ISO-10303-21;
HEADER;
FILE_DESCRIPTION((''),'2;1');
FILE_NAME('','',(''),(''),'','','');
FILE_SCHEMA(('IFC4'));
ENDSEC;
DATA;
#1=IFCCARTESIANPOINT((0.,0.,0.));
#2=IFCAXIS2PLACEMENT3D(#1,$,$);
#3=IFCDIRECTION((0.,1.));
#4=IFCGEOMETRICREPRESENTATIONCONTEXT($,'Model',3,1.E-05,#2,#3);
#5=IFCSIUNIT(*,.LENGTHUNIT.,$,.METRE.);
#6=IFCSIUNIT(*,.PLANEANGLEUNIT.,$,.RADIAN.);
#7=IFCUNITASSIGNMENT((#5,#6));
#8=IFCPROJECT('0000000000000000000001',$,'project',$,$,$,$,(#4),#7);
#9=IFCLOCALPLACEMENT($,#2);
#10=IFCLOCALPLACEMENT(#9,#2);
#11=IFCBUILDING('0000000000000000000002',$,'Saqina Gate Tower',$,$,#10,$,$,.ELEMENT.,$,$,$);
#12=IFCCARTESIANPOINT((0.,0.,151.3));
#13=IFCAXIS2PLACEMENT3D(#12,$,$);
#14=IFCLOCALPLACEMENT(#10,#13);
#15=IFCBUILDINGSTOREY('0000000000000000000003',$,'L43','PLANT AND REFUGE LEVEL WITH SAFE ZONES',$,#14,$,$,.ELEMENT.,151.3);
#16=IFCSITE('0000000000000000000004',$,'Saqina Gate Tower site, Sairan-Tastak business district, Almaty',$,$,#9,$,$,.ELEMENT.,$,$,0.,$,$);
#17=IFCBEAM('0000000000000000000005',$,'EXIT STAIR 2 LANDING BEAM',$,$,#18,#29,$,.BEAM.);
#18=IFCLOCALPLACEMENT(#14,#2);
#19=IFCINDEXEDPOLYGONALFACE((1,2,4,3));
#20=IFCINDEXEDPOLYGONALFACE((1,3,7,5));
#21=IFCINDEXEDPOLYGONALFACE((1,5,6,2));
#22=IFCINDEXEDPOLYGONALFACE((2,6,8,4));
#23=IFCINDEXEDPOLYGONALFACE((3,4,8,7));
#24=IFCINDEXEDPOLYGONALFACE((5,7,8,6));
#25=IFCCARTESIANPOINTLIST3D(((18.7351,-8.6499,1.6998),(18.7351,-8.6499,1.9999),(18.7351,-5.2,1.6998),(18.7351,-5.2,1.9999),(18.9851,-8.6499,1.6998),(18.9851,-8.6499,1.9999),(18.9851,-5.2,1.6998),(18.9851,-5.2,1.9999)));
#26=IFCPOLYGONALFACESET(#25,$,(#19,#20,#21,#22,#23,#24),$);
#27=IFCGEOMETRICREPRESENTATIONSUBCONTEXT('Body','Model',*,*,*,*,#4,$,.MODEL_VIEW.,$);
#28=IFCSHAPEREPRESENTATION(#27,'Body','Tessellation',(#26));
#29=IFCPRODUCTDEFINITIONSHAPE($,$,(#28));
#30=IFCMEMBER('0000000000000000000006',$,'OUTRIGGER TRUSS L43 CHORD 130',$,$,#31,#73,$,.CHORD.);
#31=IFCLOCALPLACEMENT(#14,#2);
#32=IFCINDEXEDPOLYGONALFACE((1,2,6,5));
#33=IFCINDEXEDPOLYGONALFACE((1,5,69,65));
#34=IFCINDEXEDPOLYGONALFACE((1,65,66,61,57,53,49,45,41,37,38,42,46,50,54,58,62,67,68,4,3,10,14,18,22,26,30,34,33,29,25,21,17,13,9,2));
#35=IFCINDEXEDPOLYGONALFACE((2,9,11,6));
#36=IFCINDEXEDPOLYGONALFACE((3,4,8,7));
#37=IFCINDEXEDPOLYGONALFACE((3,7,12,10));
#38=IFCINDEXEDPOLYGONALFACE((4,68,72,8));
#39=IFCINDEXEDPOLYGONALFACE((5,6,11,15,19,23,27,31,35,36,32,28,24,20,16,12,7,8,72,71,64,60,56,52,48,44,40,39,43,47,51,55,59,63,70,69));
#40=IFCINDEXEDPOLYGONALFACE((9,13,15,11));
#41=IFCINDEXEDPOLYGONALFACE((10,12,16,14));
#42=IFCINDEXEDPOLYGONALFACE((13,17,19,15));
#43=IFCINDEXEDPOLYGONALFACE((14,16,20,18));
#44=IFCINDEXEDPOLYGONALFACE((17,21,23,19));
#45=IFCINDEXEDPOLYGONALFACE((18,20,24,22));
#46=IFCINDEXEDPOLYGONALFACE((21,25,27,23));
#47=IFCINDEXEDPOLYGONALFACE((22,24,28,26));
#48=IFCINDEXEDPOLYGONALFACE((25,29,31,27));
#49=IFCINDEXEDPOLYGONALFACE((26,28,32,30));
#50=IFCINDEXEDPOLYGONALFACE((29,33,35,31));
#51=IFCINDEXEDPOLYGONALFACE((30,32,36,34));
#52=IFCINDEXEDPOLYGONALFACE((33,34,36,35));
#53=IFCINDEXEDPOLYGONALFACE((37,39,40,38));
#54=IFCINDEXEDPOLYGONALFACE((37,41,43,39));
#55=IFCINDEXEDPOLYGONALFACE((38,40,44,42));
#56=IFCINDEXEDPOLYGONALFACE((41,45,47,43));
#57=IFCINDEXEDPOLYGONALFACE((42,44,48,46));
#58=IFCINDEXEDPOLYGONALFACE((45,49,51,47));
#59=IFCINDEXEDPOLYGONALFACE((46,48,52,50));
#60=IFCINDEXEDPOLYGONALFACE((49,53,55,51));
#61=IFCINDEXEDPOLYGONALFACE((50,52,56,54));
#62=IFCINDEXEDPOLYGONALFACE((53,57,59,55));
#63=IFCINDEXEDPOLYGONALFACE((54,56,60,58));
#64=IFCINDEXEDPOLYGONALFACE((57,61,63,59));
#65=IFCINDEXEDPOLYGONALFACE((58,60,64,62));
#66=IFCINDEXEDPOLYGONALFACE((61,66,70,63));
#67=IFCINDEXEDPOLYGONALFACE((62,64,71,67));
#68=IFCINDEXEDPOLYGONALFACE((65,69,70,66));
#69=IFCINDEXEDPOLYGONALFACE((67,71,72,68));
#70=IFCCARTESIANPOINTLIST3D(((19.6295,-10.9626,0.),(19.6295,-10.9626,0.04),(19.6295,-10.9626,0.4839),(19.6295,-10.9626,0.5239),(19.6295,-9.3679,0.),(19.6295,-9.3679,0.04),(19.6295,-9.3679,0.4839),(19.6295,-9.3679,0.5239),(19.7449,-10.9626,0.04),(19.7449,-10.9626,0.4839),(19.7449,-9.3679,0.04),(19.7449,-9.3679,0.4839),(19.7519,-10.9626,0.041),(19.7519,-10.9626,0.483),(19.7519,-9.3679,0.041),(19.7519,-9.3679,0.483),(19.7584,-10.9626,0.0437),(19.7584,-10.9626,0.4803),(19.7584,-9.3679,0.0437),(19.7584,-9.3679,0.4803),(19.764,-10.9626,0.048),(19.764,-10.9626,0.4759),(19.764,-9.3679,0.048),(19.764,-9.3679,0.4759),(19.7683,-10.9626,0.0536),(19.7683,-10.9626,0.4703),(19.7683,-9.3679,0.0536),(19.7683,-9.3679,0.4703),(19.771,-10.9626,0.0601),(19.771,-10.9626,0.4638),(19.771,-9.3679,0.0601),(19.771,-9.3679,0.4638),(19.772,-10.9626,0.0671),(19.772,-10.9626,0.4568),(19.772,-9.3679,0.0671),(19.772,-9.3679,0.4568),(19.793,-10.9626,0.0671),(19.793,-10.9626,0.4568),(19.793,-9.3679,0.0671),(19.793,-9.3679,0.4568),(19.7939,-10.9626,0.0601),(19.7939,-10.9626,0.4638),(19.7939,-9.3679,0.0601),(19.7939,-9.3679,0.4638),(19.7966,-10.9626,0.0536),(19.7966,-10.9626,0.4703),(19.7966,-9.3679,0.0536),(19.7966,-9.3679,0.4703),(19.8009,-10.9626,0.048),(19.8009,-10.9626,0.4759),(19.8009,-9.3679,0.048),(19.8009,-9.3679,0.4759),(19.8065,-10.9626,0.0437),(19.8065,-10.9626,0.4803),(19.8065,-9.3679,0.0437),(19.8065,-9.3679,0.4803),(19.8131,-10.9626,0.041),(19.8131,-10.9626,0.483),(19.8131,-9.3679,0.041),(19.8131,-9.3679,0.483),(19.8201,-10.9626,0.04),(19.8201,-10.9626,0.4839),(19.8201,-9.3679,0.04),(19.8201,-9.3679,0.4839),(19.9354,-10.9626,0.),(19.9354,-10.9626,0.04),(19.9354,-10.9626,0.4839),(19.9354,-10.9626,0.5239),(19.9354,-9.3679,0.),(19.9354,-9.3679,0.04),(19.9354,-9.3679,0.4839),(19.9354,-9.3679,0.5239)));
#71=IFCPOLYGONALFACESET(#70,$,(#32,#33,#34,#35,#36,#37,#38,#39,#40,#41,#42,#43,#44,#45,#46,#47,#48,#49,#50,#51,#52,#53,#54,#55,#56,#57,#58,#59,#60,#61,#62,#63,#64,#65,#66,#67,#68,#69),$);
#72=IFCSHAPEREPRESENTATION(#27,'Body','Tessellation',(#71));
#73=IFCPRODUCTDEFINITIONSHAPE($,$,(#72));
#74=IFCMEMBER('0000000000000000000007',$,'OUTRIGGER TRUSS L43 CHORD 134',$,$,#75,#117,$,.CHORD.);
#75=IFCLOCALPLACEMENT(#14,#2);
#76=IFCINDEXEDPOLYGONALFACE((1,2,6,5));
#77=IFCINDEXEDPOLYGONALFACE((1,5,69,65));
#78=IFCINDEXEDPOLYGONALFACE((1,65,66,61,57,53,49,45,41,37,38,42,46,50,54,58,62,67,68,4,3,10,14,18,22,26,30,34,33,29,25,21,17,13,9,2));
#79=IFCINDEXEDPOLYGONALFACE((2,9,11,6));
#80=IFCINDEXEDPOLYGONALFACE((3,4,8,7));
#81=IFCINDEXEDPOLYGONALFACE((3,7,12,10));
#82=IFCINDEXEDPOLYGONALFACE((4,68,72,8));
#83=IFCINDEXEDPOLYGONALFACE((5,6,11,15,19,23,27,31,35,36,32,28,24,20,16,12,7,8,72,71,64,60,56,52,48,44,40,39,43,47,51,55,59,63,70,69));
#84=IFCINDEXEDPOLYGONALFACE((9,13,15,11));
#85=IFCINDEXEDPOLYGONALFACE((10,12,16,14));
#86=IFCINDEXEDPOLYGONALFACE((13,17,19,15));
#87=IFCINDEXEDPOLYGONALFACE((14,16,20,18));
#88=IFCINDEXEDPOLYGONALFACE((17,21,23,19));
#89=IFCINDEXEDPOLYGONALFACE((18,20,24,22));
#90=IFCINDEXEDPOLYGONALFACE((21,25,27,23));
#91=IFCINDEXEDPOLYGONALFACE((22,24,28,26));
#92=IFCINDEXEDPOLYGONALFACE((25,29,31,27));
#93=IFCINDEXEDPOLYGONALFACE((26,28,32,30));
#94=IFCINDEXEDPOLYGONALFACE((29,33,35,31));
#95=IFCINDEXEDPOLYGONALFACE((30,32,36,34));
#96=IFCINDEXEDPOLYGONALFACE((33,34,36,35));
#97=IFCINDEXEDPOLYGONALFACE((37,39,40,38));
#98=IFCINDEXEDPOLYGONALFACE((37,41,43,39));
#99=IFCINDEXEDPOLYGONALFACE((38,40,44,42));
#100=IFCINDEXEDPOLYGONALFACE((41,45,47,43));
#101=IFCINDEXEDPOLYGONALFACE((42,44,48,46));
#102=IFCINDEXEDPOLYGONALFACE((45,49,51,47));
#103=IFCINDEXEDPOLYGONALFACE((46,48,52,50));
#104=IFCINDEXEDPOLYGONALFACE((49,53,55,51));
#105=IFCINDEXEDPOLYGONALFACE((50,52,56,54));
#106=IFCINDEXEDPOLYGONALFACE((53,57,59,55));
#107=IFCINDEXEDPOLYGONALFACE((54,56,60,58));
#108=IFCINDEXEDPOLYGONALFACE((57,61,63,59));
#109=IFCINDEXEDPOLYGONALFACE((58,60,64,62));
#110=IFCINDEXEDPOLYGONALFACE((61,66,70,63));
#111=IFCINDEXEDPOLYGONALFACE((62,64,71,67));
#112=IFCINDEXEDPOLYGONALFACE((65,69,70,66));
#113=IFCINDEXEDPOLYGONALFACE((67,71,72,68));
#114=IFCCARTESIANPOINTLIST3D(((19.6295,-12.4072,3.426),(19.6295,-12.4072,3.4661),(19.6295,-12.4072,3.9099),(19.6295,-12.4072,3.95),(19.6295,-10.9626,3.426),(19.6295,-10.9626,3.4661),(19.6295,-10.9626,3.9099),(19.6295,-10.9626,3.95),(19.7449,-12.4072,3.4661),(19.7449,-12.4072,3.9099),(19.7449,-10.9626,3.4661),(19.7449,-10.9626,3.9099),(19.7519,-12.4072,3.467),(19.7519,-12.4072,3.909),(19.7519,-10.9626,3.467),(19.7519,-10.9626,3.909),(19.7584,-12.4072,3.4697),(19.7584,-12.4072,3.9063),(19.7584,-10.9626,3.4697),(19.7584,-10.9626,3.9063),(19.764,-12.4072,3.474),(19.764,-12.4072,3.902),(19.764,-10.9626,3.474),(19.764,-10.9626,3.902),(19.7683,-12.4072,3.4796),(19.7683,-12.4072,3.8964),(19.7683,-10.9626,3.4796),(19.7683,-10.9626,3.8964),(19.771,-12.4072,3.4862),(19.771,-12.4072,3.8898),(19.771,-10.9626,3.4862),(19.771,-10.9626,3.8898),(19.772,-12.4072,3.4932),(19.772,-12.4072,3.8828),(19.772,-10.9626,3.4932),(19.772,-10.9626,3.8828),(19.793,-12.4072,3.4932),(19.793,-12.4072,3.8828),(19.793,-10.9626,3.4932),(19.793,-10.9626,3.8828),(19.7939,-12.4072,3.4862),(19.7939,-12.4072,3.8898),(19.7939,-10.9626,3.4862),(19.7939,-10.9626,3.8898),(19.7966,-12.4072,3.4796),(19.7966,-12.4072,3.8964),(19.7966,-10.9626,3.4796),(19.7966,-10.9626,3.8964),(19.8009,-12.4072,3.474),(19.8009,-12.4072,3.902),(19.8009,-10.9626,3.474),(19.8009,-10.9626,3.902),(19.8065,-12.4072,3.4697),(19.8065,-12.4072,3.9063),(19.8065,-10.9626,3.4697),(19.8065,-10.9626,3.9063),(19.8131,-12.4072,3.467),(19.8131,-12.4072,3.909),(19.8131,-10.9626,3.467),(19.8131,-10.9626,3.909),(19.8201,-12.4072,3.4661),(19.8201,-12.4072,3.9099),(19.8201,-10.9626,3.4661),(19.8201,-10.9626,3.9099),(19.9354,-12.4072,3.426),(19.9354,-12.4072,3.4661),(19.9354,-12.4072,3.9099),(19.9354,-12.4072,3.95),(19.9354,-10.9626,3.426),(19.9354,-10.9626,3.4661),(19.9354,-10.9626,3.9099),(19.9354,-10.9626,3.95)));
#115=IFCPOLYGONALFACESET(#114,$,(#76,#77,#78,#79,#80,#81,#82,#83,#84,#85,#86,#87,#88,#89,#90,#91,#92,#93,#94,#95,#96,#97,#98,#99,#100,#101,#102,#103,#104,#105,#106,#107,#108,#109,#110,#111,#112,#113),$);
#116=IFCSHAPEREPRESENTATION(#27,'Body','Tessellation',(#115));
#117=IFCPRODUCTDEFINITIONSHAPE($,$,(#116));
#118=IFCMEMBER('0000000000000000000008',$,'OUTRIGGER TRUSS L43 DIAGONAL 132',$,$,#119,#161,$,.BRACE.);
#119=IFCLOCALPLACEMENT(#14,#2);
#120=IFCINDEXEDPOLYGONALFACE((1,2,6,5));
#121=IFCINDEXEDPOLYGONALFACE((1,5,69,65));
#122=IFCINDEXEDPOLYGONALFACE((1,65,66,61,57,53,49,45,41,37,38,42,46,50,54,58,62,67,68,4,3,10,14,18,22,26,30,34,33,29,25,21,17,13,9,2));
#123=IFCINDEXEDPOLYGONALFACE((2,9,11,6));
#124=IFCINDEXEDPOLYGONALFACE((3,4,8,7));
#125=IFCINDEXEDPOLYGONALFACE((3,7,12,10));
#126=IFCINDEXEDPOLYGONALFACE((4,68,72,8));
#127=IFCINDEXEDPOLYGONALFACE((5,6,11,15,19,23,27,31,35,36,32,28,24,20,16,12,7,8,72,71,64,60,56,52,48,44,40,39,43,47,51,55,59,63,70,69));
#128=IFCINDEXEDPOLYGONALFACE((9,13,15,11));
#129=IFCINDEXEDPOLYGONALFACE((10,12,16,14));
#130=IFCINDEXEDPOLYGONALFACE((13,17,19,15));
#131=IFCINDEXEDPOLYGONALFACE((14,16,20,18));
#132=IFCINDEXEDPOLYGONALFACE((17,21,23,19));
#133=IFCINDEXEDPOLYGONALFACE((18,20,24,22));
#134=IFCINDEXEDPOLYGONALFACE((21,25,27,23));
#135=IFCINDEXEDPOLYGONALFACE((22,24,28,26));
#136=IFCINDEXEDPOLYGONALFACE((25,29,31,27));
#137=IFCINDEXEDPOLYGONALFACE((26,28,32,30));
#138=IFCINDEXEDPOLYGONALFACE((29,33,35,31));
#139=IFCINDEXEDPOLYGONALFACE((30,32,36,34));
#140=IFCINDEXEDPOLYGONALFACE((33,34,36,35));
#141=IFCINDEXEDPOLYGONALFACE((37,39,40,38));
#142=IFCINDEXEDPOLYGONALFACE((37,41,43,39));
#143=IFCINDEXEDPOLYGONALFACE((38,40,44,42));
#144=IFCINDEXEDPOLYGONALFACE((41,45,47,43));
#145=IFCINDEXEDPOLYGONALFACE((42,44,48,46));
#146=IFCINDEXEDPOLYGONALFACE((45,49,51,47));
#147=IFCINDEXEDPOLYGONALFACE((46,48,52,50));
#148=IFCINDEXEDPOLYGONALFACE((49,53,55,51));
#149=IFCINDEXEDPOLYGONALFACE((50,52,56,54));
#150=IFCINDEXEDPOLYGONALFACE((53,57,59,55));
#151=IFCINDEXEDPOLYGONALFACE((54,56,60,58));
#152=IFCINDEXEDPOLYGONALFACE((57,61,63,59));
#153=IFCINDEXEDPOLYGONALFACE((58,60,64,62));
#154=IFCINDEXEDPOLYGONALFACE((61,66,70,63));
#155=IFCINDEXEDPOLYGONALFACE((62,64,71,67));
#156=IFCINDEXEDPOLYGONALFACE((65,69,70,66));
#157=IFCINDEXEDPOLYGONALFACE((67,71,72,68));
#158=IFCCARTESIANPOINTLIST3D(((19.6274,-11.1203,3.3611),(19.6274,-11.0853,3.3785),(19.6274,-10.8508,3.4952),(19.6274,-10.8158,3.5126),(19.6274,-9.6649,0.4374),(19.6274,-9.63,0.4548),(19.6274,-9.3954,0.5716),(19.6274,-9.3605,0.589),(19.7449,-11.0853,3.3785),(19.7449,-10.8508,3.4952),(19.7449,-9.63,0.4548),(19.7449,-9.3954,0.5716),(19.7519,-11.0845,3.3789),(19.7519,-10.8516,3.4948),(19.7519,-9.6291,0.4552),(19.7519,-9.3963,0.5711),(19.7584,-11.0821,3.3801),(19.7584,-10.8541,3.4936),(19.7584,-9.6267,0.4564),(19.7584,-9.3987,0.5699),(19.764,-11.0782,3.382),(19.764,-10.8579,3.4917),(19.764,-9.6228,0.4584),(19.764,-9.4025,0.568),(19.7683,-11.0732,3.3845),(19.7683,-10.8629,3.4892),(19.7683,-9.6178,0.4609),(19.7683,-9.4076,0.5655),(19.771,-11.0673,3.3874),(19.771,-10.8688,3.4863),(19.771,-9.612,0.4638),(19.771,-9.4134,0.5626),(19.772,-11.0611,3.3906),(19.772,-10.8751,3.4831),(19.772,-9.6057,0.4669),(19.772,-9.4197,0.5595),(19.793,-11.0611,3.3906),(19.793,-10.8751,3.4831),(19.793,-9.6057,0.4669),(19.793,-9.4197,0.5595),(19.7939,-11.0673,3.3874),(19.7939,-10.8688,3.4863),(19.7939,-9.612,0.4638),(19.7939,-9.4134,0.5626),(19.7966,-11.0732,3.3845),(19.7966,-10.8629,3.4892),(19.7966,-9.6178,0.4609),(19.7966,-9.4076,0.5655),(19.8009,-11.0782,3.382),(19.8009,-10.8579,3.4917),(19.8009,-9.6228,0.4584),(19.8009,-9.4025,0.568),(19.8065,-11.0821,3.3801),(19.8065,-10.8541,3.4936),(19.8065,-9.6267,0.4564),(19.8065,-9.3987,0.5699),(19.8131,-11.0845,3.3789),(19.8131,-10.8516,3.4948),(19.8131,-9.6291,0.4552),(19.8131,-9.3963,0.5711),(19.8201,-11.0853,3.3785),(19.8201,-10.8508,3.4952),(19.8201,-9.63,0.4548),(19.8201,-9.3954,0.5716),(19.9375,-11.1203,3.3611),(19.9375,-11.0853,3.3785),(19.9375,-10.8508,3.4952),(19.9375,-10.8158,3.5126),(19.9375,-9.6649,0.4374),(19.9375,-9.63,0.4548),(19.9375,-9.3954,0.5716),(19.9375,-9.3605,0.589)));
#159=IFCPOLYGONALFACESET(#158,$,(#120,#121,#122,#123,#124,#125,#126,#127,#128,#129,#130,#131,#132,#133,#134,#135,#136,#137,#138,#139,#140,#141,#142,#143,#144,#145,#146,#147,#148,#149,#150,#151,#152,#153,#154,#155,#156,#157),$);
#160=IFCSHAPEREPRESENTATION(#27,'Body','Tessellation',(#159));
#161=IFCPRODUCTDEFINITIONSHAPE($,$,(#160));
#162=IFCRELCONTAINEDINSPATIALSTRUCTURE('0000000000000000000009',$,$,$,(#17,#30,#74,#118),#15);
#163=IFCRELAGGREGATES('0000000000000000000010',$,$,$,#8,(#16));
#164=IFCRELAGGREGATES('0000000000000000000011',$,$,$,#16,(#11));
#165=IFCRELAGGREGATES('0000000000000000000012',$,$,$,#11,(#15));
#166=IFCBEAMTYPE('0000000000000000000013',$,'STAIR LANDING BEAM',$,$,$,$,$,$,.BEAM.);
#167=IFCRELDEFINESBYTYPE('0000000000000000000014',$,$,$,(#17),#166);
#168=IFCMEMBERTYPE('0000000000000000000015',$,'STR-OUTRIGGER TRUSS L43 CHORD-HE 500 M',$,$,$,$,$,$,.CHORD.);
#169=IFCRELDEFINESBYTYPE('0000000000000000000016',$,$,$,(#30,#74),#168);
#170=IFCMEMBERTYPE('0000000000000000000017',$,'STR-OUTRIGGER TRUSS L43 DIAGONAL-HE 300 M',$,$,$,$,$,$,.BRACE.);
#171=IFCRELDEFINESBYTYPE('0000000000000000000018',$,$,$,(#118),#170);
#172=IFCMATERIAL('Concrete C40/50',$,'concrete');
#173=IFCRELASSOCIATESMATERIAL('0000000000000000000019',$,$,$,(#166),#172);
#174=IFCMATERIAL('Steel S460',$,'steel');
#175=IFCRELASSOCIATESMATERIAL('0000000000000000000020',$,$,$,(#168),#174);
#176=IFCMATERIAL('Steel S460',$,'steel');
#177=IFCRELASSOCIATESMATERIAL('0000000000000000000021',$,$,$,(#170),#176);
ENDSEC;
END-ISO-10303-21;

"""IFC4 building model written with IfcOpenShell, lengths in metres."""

from ifc_helpers import new_model, si_unit, direction, frame, origin, origin_2d, place, context, subcontext, project, spatial, rectangle, i_section, extrude, material, material_profile, profile_set, type_object, element, save


model = new_model("IFC4")

# Units and contexts
model_context = context("Model", 3, precision=1e-05, world=origin(), true_north=direction((0.0, 1.0)))
body_context = subcontext(model_context, "Body", "Model", "MODEL_VIEW")
ifc_project = project(units=[si_unit("LENGTHUNIT", "METRE"), si_unit("PLANEANGLEUNIT", "RADIAN")], contexts=[model_context])

# Site, building, storey
site_placement = place(None, origin())
site = spatial("IfcSite", under=ifc_project, at=site_placement, Name="Saqina Gate Tower site, Sairan-Tastak business district, Almaty", CompositionType="ELEMENT", RefElevation=0.0)
building_placement = place(site_placement, origin())
building = spatial("IfcBuilding", under=site, at=building_placement, Name="Saqina Gate Tower", CompositionType="ELEMENT")
storey_placement = place(building_placement, frame((0.0, 0.0, 151.3)))
storey = spatial("IfcBuildingStorey", under=building, at=storey_placement, Name="L43", Description="PLANT AND REFUGE LEVEL WITH SAFE ZONES", CompositionType="ELEMENT", Elevation=151.3)

# Beam
ifc_material_1 = material(Name="Concrete C40/50", Category="concrete")
ifc_material_profile_1 = material_profile(ifc_material_1, rectangle(XDim=0.25, YDim=0.3, at=origin_2d()), Name="STAIR LANDING BEAM")
ifc_profile_set_1 = profile_set([ifc_material_profile_1], Name="Concrete C40/50")
beam_type = type_object("IfcBeamType", Name="STAIR LANDING BEAM", PredefinedType="BEAM", material=ifc_profile_set_1)
beam_placement = place(storey_placement, frame((18.8601, -8.6499, 1.8499), z_axis=(0.0, 1.0, 0.0), x_axis=(-1.0, 0.0, 0.0)))
element("IfcBeam", 1, at=beam_placement, inside=storey, type_object=beam_type, Name="EXIT STAIR 2 LANDING BEAM", PredefinedType="BEAM", context=body_context, shape_type="SweptSolid", body=[
    extrude(rectangle(XDim=0.25, YDim=0.3, at=origin_2d()), origin(), (0.0, 0.0, 1.0), 3.45),
])

# Members
ifc_material_2 = material(Name="Steel S460", Category="steel")
ifc_material_profile_2 = material_profile(ifc_material_2, i_section(OverallWidth=0.3059, OverallDepth=0.5239, WebThickness=0.021, FlangeThickness=0.04, FilletRadius=0.0271, at=origin_2d()), Name="HE 500 M")
ifc_profile_set_2 = profile_set([ifc_material_profile_2], Name="Steel S460")
member_type_1 = type_object("IfcMemberType", Name="STR-OUTRIGGER TRUSS L43 CHORD-HE 500 M", PredefinedType="CHORD", material=ifc_profile_set_2)
member_1_placement = place(storey_placement, frame((19.7825, -9.3679, 0.262), z_axis=(0.0, -1.0, 0.0), x_axis=(1.0, 0.0, 0.0)))
element("IfcMember", 2, at=member_1_placement, inside=storey, type_object=member_type_1, Name="OUTRIGGER TRUSS L43 CHORD 130", PredefinedType="CHORD", context=body_context, shape_type="SweptSolid", body=[
    extrude(i_section(OverallWidth=0.3059, OverallDepth=0.5239, WebThickness=0.021, FlangeThickness=0.04, FilletRadius=0.0271, at=origin_2d()), origin(), (0.0, 0.0, 1.0), 1.5947),
])
member_2_placement = place(storey_placement, frame((19.7825, -10.9626, 3.688), z_axis=(0.0, -1.0, 0.0), x_axis=(1.0, 0.0, 0.0)))
element("IfcMember", 3, at=member_2_placement, inside=storey, type_object=member_type_1, Name="OUTRIGGER TRUSS L43 CHORD 134", PredefinedType="CHORD", context=body_context, shape_type="SweptSolid", body=[
    extrude(i_section(OverallWidth=0.3059, OverallDepth=0.5239, WebThickness=0.021, FlangeThickness=0.04, FilletRadius=0.0271, at=origin_2d()), origin(), (0.0, 0.0, 1.0), 1.4446),
])
ifc_material_3 = material(Name="Steel S460", Category="steel")
ifc_material_profile_3 = material_profile(ifc_material_3, i_section(OverallWidth=0.3101, OverallDepth=0.3401, WebThickness=0.021, FlangeThickness=0.0391, FilletRadius=0.0271, at=origin_2d()), Name="HE 300 M")
ifc_profile_set_3 = profile_set([ifc_material_profile_3], Name="Steel S460")
member_type_2 = type_object("IfcMemberType", Name="STR-OUTRIGGER TRUSS L43 DIAGONAL-HE 300 M", PredefinedType="BRACE", material=ifc_profile_set_3)
for number, where, z_axis, x_axis, name in (
    (4, (19.7825, -9.5127, 0.5132), (0.0, -0.445628, 0.895218), (1.0, 0.0, 0.0), "OUTRIGGER TRUSS L43 DIAGONAL 132"),
):
    element("IfcMember", number, at=place(storey_placement, frame(where, z_axis=z_axis, x_axis=x_axis)), inside=storey, type_object=member_type_2, Name=name, PredefinedType="BRACE", context=body_context, shape_type="SweptSolid", body=[
        extrude(i_section(OverallWidth=0.3101, OverallDepth=0.3401, WebThickness=0.021, FlangeThickness=0.0391, FilletRadius=0.0271, at=origin_2d()), origin(), (0.0, 0.0, 1.0), 3.2659),
    ])

save(model, "model.ifc")
